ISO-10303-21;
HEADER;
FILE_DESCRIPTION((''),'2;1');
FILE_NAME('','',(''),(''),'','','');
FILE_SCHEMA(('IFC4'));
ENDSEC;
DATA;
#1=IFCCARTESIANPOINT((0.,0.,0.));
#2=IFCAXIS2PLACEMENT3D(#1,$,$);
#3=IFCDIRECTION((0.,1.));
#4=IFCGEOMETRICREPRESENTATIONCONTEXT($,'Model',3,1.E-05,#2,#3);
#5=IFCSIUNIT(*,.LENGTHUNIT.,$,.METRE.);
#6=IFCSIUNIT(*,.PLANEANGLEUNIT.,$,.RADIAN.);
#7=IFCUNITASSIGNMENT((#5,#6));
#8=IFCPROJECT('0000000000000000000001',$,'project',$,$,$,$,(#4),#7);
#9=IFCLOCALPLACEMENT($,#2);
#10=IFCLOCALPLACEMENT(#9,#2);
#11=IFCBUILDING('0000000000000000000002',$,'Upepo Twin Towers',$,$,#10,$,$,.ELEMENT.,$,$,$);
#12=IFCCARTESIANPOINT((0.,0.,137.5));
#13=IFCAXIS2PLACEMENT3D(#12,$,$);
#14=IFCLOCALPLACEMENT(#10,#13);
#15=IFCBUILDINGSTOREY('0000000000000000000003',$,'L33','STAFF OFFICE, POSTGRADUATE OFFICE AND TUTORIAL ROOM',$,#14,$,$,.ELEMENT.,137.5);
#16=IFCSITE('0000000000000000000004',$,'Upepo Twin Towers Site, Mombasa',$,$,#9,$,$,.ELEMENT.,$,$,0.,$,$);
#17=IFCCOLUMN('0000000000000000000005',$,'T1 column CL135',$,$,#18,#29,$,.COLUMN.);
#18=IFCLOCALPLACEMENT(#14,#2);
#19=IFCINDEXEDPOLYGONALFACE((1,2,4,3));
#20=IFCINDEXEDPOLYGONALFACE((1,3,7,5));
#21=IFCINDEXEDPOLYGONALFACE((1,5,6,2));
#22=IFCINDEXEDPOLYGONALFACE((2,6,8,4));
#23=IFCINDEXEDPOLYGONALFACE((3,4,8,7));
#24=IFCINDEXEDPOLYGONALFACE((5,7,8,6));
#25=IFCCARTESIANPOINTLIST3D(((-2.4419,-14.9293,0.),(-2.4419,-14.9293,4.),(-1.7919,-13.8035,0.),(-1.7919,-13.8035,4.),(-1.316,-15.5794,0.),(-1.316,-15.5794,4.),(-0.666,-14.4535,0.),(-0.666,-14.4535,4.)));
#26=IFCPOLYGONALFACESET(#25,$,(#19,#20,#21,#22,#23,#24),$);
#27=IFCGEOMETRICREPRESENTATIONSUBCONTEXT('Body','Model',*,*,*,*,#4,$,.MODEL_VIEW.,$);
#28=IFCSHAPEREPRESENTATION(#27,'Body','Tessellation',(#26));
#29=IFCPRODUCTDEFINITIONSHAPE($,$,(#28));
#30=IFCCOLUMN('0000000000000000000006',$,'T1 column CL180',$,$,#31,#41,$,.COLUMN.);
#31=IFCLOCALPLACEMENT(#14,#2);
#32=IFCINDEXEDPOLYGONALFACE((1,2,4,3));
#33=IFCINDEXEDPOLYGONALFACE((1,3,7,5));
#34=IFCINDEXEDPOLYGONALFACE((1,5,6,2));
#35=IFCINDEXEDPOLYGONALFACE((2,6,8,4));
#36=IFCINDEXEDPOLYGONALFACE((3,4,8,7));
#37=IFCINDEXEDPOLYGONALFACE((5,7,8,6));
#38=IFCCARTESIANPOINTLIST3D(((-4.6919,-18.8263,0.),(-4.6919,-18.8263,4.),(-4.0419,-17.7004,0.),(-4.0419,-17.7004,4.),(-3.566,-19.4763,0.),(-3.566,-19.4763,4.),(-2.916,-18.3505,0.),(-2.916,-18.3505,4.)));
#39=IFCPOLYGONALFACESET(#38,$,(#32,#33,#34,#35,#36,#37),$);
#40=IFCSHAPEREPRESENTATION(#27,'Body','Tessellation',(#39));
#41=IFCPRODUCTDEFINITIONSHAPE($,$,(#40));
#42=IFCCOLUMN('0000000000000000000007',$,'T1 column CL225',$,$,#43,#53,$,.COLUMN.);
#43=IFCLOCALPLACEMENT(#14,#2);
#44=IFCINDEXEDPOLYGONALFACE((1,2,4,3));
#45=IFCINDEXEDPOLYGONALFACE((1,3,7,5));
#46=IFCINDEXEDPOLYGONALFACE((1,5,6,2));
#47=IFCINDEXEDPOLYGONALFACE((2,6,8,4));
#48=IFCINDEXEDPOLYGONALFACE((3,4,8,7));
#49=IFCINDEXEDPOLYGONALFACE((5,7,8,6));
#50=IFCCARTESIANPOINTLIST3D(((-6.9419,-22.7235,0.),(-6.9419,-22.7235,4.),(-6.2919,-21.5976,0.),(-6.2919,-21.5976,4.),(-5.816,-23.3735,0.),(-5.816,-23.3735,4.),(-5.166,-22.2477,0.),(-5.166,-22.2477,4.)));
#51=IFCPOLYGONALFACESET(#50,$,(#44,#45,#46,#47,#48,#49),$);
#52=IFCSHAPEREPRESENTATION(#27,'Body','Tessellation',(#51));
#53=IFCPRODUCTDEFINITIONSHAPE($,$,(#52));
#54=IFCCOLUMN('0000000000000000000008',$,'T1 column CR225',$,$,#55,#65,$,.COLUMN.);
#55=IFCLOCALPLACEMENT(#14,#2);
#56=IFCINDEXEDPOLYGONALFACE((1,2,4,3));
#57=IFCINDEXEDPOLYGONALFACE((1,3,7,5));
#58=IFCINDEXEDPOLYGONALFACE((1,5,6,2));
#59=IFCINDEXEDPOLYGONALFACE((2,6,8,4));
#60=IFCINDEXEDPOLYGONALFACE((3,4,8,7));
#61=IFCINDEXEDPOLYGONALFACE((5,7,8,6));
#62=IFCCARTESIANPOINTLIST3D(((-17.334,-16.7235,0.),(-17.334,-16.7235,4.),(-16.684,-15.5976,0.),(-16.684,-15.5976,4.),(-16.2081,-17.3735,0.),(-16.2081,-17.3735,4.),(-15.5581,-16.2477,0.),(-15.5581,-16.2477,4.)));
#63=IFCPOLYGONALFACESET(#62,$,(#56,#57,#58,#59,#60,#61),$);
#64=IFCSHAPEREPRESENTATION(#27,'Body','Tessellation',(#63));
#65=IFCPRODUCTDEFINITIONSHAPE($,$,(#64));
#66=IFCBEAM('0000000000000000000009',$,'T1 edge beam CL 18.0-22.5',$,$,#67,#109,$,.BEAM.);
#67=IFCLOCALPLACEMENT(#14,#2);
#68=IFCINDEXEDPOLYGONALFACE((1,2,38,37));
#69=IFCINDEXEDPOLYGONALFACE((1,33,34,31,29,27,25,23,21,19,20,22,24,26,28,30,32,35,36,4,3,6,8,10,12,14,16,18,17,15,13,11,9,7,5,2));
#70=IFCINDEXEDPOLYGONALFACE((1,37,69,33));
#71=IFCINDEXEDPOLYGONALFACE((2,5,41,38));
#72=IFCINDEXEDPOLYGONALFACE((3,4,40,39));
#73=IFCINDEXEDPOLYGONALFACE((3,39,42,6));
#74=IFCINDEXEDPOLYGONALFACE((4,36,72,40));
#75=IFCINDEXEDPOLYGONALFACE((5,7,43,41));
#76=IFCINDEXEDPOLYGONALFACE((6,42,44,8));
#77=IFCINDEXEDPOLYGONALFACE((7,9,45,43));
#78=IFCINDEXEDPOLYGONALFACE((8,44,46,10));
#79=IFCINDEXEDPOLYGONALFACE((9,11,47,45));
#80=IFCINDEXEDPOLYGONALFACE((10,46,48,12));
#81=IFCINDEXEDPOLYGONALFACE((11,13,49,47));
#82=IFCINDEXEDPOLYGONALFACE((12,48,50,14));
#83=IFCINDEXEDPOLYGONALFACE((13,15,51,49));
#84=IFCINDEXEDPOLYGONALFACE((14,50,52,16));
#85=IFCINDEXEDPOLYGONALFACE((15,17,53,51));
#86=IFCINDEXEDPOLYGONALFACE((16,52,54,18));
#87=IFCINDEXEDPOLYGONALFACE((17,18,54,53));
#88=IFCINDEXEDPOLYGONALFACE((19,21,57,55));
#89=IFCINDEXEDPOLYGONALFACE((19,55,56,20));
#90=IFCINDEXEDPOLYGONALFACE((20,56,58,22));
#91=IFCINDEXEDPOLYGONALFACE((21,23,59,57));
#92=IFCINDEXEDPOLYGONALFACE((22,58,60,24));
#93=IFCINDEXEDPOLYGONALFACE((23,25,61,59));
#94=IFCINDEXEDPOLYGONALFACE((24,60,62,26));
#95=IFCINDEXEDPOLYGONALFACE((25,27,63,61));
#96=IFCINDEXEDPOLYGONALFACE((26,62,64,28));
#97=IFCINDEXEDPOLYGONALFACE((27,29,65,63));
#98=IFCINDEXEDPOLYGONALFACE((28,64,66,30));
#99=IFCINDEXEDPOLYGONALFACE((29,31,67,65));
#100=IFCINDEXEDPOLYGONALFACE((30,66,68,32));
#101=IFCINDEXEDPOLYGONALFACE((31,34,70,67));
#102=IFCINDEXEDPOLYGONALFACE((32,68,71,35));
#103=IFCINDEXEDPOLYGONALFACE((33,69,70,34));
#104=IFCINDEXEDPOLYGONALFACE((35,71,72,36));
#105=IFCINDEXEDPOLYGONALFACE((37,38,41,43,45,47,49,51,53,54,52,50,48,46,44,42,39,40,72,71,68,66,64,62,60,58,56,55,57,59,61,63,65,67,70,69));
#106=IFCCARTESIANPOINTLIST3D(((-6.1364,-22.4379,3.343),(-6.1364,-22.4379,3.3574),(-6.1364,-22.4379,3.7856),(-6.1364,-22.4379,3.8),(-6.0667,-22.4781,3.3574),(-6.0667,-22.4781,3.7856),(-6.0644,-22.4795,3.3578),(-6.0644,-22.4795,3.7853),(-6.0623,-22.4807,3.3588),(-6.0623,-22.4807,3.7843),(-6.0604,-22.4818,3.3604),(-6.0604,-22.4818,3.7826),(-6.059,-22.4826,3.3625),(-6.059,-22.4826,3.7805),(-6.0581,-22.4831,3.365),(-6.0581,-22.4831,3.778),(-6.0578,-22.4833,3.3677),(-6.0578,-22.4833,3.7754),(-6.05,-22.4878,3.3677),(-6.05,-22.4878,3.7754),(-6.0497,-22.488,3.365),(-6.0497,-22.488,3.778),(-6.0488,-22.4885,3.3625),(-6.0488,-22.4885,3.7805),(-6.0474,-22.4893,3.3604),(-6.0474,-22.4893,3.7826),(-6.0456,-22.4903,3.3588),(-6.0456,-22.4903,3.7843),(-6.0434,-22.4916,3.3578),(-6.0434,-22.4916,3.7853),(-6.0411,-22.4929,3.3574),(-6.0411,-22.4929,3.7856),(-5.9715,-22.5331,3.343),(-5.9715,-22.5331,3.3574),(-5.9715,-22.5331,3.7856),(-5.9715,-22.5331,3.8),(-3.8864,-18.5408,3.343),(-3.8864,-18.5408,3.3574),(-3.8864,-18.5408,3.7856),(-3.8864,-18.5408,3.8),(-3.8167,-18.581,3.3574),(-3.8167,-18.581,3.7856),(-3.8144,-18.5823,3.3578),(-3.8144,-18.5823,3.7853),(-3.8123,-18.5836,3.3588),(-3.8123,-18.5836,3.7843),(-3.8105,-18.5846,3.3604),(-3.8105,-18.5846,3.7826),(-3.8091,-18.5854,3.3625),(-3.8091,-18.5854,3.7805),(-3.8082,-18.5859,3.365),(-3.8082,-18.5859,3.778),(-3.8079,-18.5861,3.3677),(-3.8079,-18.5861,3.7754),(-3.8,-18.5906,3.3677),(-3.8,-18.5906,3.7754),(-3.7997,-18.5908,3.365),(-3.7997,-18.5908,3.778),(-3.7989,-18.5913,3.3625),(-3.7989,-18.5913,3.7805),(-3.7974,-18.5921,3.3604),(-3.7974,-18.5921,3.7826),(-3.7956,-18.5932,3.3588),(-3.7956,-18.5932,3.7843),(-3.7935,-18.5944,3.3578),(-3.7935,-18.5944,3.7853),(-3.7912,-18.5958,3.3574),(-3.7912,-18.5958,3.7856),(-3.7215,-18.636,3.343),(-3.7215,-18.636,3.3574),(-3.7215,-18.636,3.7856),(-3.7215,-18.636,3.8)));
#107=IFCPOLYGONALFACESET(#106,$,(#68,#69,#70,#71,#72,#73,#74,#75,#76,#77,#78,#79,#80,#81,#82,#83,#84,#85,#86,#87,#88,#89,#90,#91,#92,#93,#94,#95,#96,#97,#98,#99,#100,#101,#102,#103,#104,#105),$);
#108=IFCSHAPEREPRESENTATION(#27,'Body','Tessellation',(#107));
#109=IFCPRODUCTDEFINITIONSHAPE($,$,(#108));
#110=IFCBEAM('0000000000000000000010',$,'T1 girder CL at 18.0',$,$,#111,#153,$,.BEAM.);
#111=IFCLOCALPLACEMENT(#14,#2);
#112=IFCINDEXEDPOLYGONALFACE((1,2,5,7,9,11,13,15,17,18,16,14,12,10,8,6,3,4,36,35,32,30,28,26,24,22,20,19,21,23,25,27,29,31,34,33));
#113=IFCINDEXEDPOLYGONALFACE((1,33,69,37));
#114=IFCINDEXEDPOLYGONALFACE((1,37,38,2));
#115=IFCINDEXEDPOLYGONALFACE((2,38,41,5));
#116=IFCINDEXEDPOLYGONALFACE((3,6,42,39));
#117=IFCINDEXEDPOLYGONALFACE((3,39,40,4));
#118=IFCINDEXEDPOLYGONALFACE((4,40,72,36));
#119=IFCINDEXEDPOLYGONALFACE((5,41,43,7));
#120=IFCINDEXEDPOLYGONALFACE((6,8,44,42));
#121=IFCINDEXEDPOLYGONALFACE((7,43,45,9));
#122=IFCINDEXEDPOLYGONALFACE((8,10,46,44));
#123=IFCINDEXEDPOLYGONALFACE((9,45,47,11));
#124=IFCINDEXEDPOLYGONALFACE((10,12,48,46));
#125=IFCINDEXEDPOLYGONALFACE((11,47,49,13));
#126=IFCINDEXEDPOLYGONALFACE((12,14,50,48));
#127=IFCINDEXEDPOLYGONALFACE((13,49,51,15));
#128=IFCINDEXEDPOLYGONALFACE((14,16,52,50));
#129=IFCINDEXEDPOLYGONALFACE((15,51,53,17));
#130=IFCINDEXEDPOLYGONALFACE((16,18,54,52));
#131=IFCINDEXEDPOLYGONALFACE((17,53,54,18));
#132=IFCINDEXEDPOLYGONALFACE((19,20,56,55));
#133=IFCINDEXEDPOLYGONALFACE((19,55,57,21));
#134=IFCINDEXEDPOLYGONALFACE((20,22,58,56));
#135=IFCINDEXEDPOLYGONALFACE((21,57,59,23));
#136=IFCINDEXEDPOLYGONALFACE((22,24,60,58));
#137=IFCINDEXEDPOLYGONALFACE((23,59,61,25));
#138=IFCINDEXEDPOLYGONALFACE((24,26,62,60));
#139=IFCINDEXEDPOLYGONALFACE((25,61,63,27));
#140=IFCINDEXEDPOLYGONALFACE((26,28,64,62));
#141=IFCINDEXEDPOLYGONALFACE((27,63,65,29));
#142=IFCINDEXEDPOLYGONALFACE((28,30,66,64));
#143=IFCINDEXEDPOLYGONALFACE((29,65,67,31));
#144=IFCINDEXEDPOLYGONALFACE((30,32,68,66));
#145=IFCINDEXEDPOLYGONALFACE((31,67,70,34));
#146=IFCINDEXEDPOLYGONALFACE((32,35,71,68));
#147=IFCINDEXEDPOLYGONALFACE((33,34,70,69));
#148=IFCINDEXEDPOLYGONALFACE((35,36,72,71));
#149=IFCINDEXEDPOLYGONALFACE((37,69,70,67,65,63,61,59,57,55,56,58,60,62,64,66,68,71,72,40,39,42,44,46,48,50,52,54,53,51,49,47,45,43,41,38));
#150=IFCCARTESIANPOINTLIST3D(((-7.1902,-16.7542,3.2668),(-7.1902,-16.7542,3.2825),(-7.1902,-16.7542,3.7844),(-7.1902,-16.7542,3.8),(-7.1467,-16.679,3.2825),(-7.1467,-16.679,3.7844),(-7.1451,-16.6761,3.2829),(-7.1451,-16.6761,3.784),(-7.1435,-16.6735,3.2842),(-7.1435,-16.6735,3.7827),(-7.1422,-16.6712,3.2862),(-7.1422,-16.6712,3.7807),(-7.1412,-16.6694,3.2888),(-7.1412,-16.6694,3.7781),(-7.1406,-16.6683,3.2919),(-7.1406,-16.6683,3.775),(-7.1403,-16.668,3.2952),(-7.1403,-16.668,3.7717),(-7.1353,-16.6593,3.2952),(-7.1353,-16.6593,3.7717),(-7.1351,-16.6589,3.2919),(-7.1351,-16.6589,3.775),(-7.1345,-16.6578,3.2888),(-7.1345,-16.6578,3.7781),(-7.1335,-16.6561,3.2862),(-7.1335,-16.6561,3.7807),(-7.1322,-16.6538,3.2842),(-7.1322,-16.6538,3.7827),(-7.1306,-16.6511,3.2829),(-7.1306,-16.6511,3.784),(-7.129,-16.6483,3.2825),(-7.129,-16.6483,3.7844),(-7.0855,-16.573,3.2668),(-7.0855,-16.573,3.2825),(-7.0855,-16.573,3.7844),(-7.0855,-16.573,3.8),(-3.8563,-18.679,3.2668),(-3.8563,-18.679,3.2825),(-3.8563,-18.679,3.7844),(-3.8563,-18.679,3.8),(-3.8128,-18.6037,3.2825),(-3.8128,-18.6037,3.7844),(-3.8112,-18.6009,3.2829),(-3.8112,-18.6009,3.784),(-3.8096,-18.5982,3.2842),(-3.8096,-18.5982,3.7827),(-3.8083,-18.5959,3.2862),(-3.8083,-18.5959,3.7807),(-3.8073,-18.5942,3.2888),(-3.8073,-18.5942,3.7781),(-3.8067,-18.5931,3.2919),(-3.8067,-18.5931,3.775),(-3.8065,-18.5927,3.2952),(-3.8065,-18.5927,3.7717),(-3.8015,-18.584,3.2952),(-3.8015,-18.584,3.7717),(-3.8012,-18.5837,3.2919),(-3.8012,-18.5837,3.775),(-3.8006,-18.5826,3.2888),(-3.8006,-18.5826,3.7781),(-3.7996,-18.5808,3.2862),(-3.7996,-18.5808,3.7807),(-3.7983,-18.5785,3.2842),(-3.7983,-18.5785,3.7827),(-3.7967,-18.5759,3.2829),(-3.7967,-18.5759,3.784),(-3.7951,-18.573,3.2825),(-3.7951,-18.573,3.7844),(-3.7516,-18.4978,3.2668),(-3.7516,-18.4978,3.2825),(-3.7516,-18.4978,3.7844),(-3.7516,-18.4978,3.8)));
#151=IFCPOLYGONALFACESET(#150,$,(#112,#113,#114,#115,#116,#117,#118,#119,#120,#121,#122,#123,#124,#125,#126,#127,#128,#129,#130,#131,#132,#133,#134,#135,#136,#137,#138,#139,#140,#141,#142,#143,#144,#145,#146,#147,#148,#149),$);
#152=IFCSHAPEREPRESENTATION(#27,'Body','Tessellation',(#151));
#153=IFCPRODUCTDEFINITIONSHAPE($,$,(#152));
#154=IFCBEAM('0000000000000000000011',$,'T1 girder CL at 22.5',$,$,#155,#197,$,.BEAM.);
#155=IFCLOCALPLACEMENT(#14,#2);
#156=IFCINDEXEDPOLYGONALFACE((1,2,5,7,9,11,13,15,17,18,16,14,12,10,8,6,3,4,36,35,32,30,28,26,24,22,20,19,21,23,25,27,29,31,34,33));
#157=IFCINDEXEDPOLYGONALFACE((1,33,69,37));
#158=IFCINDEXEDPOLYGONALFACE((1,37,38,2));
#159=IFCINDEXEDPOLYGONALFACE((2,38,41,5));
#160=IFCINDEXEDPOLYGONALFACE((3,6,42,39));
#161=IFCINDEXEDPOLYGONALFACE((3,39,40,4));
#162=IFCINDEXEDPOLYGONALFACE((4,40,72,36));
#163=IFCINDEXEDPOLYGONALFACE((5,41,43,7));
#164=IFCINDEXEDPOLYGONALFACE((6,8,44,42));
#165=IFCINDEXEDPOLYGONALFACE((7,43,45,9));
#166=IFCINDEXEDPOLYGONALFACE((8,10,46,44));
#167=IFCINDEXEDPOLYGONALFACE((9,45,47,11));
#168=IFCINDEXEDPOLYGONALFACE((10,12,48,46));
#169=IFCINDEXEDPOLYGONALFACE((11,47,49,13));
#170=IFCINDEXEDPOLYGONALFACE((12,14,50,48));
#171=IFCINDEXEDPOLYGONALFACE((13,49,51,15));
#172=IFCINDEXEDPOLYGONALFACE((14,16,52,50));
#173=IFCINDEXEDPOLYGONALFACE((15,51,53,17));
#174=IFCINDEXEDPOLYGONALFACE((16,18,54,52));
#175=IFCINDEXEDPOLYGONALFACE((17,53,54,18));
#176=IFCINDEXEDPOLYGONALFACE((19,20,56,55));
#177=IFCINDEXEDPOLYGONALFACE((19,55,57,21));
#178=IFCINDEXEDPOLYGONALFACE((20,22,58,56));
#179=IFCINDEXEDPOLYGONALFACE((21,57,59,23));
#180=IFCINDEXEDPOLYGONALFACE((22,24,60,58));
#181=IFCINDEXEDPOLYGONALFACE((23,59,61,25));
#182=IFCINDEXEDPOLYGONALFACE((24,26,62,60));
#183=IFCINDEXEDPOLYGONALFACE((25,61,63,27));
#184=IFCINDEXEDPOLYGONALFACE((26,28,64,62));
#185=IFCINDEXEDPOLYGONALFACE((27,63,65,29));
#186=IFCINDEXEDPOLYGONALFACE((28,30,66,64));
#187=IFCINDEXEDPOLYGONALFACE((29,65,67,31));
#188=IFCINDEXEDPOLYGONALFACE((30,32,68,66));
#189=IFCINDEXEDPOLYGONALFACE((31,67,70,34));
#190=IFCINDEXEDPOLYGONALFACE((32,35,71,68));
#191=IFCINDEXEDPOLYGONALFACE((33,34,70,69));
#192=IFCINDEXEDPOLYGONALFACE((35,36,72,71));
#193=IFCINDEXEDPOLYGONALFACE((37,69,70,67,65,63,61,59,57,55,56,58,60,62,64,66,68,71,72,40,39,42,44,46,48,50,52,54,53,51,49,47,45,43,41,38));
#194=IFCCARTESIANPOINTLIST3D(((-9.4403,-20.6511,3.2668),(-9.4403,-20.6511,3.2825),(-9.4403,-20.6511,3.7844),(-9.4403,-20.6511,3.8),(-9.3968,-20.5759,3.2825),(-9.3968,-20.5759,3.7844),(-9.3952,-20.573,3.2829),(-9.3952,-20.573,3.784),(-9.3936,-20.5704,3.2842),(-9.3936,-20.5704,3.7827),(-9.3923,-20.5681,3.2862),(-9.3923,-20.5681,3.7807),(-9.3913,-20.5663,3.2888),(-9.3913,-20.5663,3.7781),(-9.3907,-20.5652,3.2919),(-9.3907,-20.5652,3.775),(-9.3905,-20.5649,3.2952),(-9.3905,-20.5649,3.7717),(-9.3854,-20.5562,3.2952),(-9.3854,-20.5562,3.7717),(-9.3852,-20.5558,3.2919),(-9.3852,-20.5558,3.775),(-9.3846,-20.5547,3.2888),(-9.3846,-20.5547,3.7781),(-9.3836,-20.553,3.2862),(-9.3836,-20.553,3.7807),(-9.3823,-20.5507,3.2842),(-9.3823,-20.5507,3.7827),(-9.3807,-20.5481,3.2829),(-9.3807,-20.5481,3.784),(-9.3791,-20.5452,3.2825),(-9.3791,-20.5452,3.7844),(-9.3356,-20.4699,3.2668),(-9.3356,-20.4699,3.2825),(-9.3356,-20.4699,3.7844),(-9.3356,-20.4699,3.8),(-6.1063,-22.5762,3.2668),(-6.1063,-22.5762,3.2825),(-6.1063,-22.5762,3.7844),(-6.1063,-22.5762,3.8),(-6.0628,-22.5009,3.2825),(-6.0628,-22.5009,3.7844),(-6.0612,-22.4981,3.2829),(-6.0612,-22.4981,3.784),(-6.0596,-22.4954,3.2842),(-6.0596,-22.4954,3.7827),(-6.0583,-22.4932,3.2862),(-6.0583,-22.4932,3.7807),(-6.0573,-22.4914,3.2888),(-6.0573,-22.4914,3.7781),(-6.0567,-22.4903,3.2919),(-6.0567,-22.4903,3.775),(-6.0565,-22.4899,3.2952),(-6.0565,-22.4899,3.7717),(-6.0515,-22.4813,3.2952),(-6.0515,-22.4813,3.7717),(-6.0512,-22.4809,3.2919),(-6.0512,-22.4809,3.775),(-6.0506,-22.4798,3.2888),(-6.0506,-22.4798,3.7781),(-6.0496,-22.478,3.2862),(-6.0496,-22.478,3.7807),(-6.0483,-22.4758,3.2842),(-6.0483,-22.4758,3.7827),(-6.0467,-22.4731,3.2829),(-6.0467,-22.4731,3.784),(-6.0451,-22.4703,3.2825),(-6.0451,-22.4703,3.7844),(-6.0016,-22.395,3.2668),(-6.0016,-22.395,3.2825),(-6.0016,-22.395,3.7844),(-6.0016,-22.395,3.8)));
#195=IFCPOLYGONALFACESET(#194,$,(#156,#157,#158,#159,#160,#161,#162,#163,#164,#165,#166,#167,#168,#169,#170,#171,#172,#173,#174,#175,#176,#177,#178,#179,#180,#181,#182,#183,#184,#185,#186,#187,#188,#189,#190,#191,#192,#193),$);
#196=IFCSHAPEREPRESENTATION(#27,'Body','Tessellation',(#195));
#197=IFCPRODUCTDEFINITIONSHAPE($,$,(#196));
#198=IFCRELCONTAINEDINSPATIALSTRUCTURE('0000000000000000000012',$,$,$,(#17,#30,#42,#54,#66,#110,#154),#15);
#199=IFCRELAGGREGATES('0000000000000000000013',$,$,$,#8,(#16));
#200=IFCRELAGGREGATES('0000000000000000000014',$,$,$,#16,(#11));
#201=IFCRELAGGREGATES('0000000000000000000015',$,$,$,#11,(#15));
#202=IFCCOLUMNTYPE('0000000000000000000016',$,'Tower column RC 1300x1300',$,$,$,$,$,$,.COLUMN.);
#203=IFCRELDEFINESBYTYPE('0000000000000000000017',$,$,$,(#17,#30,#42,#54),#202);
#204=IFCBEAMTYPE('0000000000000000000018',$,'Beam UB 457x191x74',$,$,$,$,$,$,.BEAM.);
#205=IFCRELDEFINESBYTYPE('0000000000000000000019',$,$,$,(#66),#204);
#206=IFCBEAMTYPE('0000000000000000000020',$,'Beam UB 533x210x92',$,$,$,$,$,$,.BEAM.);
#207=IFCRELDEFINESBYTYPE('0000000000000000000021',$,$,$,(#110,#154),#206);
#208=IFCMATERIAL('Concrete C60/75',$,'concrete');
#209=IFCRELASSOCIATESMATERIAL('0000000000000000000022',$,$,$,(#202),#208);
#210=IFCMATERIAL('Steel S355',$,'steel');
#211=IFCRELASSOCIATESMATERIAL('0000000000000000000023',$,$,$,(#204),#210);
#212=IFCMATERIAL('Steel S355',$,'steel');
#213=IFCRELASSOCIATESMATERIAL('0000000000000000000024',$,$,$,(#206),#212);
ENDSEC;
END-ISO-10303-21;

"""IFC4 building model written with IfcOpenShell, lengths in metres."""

from ifc_helpers import new_model, si_unit, direction, frame, origin, origin_2d, place, context, subcontext, project, spatial, rectangle, i_section, extrude, material, material_profile, profile_set, type_object, element, save


model = new_model("IFC4")

# Units and contexts
model_context = context("Model", 3, precision=1e-05, world=origin(), true_north=direction((0.0, 1.0)))
body_context = subcontext(model_context, "Body", "Model", "MODEL_VIEW")
ifc_project = project(units=[si_unit("LENGTHUNIT", "METRE"), si_unit("PLANEANGLEUNIT", "RADIAN")], contexts=[model_context])

# Site, building, storey
site_placement = place(None, origin())
site = spatial("IfcSite", under=ifc_project, at=site_placement, Name="Upepo Twin Towers Site, Mombasa", CompositionType="ELEMENT", RefElevation=0.0)
building_placement = place(site_placement, origin())
building = spatial("IfcBuilding", under=site, at=building_placement, Name="Upepo Twin Towers", CompositionType="ELEMENT")
storey_placement = place(building_placement, frame((0.0, 0.0, 137.5)))
storey = spatial("IfcBuildingStorey", under=building, at=storey_placement, Name="L33", Description="STAFF OFFICE, POSTGRADUATE OFFICE AND TUTORIAL ROOM", CompositionType="ELEMENT", Elevation=137.5)

# Columns
ifc_material_1 = material(Name="Concrete C60/75", Category="concrete")
ifc_material_profile_1 = material_profile(ifc_material_1, rectangle(XDim=1.3, YDim=1.3, at=origin_2d()), Name="RC 1300x1300")
ifc_profile_set_1 = profile_set([ifc_material_profile_1], Name="Concrete C60/75")
column_type = type_object("IfcColumnType", Name="Tower column RC 1300x1300", PredefinedType="COLUMN", material=ifc_profile_set_1)
for number, where, z_axis, x_axis, name in (
    (1, (-1.554, -14.6914, 0.0), (0.0, 0.0, 1.0), (0.5, 0.866025, 0.0), "T1 column CL135"),
    (2, (-3.804, -18.5884, 0.0), (0.0, 0.0, 1.0), (0.5, 0.866025, 0.0), "T1 column CL180"),
    (3, (-6.054, -22.4856, 0.0), (0.0, 0.0, 1.0), (0.5, 0.866025, 0.0), "T1 column CL225"),
    (4, (-16.446, -16.4856, 0.0), (0.0, 0.0, 1.0), (0.5, 0.866025, 0.0), "T1 column CR225"),
):
    element("IfcColumn", number, at=place(storey_placement, frame(where, z_axis=z_axis, x_axis=x_axis)), inside=storey, type_object=column_type, Name=name, PredefinedType="COLUMN", context=body_context, shape_type="SweptSolid", body=[
        extrude(rectangle(XDim=1.3, YDim=1.3, at=origin_2d()), origin(), (0.0, 0.0, 1.0), 4.0),
    ])

# Beams
ifc_material_2 = material(Name="Steel S355", Category="steel")
ifc_material_profile_2 = material_profile(ifc_material_2, i_section(OverallWidth=0.1904, OverallDepth=0.457, WebThickness=0.009, FlangeThickness=0.0144, FilletRadius=0.0103, at=origin_2d()), Name="UB 457x191x74")
ifc_profile_set_2 = profile_set([ifc_material_profile_2], Name="Steel S355")
beam_type_1 = type_object("IfcBeamType", Name="Beam UB 457x191x74", PredefinedType="BEAM", material=ifc_profile_set_2)
beam_1_placement = place(storey_placement, frame((-3.804, -18.5884, 3.5715), z_axis=(-0.49999, -0.866031, 0.0), x_axis=(0.866031, -0.49999, 0.0)))
element("IfcBeam", 5, at=beam_1_placement, inside=storey, type_object=beam_type_1, Name="T1 edge beam CL 18.0-22.5", PredefinedType="BEAM", context=body_context, shape_type="SweptSolid", body=[
    extrude(i_section(OverallWidth=0.1904, OverallDepth=0.457, WebThickness=0.009, FlangeThickness=0.0144, FilletRadius=0.0103, at=origin_2d()), origin(), (0.0, 0.0, 1.0), 4.5),
])
ifc_material_3 = material(Name="Steel S355", Category="steel")
ifc_material_profile_3 = material_profile(ifc_material_3, i_section(OverallWidth=0.2092, OverallDepth=0.5332, WebThickness=0.01, FlangeThickness=0.0156, FilletRadius=0.0127, at=origin_2d()), Name="UB 533x210x92")
ifc_profile_set_3 = profile_set([ifc_material_profile_3], Name="Steel S355")
beam_type_2 = type_object("IfcBeamType", Name="Beam UB 533x210x92", PredefinedType="BEAM", material=ifc_profile_set_3)
beam_2_placement = place(storey_placement, frame((-3.804, -18.5884, 3.5334), z_axis=(-0.866034, 0.499986, 0.0), x_axis=(-0.499986, -0.866034, 0.0)))
element("IfcBeam", 6, at=beam_2_placement, inside=storey, type_object=beam_type_2, Name="T1 girder CL at 18.0", PredefinedType="BEAM", context=body_context, shape_type="SweptSolid", body=[
    extrude(i_section(OverallWidth=0.2092, OverallDepth=0.5332, WebThickness=0.01, FlangeThickness=0.0156, FilletRadius=0.0127, at=origin_2d()), origin(), (0.0, 0.0, 1.0), 3.8496),
])
for number, where, z_axis, x_axis, name in (
    (7, (-6.054, -22.4856, 3.5334), (-0.866006, 0.500034, 0.0), (-0.500034, -0.866006, 0.0), "T1 girder CL at 22.5"),
):
    element("IfcBeam", number, at=place(storey_placement, frame(where, z_axis=z_axis, x_axis=x_axis)), inside=storey, type_object=beam_type_2, Name=name, PredefinedType="BEAM", context=body_context, shape_type="SweptSolid", body=[
        extrude(i_section(OverallWidth=0.2092, OverallDepth=0.5332, WebThickness=0.01, FlangeThickness=0.0156, FilletRadius=0.0127, at=origin_2d()), origin(), (0.0, 0.0, 1.0), 3.8499),
    ])

save(model, "model.ifc")
